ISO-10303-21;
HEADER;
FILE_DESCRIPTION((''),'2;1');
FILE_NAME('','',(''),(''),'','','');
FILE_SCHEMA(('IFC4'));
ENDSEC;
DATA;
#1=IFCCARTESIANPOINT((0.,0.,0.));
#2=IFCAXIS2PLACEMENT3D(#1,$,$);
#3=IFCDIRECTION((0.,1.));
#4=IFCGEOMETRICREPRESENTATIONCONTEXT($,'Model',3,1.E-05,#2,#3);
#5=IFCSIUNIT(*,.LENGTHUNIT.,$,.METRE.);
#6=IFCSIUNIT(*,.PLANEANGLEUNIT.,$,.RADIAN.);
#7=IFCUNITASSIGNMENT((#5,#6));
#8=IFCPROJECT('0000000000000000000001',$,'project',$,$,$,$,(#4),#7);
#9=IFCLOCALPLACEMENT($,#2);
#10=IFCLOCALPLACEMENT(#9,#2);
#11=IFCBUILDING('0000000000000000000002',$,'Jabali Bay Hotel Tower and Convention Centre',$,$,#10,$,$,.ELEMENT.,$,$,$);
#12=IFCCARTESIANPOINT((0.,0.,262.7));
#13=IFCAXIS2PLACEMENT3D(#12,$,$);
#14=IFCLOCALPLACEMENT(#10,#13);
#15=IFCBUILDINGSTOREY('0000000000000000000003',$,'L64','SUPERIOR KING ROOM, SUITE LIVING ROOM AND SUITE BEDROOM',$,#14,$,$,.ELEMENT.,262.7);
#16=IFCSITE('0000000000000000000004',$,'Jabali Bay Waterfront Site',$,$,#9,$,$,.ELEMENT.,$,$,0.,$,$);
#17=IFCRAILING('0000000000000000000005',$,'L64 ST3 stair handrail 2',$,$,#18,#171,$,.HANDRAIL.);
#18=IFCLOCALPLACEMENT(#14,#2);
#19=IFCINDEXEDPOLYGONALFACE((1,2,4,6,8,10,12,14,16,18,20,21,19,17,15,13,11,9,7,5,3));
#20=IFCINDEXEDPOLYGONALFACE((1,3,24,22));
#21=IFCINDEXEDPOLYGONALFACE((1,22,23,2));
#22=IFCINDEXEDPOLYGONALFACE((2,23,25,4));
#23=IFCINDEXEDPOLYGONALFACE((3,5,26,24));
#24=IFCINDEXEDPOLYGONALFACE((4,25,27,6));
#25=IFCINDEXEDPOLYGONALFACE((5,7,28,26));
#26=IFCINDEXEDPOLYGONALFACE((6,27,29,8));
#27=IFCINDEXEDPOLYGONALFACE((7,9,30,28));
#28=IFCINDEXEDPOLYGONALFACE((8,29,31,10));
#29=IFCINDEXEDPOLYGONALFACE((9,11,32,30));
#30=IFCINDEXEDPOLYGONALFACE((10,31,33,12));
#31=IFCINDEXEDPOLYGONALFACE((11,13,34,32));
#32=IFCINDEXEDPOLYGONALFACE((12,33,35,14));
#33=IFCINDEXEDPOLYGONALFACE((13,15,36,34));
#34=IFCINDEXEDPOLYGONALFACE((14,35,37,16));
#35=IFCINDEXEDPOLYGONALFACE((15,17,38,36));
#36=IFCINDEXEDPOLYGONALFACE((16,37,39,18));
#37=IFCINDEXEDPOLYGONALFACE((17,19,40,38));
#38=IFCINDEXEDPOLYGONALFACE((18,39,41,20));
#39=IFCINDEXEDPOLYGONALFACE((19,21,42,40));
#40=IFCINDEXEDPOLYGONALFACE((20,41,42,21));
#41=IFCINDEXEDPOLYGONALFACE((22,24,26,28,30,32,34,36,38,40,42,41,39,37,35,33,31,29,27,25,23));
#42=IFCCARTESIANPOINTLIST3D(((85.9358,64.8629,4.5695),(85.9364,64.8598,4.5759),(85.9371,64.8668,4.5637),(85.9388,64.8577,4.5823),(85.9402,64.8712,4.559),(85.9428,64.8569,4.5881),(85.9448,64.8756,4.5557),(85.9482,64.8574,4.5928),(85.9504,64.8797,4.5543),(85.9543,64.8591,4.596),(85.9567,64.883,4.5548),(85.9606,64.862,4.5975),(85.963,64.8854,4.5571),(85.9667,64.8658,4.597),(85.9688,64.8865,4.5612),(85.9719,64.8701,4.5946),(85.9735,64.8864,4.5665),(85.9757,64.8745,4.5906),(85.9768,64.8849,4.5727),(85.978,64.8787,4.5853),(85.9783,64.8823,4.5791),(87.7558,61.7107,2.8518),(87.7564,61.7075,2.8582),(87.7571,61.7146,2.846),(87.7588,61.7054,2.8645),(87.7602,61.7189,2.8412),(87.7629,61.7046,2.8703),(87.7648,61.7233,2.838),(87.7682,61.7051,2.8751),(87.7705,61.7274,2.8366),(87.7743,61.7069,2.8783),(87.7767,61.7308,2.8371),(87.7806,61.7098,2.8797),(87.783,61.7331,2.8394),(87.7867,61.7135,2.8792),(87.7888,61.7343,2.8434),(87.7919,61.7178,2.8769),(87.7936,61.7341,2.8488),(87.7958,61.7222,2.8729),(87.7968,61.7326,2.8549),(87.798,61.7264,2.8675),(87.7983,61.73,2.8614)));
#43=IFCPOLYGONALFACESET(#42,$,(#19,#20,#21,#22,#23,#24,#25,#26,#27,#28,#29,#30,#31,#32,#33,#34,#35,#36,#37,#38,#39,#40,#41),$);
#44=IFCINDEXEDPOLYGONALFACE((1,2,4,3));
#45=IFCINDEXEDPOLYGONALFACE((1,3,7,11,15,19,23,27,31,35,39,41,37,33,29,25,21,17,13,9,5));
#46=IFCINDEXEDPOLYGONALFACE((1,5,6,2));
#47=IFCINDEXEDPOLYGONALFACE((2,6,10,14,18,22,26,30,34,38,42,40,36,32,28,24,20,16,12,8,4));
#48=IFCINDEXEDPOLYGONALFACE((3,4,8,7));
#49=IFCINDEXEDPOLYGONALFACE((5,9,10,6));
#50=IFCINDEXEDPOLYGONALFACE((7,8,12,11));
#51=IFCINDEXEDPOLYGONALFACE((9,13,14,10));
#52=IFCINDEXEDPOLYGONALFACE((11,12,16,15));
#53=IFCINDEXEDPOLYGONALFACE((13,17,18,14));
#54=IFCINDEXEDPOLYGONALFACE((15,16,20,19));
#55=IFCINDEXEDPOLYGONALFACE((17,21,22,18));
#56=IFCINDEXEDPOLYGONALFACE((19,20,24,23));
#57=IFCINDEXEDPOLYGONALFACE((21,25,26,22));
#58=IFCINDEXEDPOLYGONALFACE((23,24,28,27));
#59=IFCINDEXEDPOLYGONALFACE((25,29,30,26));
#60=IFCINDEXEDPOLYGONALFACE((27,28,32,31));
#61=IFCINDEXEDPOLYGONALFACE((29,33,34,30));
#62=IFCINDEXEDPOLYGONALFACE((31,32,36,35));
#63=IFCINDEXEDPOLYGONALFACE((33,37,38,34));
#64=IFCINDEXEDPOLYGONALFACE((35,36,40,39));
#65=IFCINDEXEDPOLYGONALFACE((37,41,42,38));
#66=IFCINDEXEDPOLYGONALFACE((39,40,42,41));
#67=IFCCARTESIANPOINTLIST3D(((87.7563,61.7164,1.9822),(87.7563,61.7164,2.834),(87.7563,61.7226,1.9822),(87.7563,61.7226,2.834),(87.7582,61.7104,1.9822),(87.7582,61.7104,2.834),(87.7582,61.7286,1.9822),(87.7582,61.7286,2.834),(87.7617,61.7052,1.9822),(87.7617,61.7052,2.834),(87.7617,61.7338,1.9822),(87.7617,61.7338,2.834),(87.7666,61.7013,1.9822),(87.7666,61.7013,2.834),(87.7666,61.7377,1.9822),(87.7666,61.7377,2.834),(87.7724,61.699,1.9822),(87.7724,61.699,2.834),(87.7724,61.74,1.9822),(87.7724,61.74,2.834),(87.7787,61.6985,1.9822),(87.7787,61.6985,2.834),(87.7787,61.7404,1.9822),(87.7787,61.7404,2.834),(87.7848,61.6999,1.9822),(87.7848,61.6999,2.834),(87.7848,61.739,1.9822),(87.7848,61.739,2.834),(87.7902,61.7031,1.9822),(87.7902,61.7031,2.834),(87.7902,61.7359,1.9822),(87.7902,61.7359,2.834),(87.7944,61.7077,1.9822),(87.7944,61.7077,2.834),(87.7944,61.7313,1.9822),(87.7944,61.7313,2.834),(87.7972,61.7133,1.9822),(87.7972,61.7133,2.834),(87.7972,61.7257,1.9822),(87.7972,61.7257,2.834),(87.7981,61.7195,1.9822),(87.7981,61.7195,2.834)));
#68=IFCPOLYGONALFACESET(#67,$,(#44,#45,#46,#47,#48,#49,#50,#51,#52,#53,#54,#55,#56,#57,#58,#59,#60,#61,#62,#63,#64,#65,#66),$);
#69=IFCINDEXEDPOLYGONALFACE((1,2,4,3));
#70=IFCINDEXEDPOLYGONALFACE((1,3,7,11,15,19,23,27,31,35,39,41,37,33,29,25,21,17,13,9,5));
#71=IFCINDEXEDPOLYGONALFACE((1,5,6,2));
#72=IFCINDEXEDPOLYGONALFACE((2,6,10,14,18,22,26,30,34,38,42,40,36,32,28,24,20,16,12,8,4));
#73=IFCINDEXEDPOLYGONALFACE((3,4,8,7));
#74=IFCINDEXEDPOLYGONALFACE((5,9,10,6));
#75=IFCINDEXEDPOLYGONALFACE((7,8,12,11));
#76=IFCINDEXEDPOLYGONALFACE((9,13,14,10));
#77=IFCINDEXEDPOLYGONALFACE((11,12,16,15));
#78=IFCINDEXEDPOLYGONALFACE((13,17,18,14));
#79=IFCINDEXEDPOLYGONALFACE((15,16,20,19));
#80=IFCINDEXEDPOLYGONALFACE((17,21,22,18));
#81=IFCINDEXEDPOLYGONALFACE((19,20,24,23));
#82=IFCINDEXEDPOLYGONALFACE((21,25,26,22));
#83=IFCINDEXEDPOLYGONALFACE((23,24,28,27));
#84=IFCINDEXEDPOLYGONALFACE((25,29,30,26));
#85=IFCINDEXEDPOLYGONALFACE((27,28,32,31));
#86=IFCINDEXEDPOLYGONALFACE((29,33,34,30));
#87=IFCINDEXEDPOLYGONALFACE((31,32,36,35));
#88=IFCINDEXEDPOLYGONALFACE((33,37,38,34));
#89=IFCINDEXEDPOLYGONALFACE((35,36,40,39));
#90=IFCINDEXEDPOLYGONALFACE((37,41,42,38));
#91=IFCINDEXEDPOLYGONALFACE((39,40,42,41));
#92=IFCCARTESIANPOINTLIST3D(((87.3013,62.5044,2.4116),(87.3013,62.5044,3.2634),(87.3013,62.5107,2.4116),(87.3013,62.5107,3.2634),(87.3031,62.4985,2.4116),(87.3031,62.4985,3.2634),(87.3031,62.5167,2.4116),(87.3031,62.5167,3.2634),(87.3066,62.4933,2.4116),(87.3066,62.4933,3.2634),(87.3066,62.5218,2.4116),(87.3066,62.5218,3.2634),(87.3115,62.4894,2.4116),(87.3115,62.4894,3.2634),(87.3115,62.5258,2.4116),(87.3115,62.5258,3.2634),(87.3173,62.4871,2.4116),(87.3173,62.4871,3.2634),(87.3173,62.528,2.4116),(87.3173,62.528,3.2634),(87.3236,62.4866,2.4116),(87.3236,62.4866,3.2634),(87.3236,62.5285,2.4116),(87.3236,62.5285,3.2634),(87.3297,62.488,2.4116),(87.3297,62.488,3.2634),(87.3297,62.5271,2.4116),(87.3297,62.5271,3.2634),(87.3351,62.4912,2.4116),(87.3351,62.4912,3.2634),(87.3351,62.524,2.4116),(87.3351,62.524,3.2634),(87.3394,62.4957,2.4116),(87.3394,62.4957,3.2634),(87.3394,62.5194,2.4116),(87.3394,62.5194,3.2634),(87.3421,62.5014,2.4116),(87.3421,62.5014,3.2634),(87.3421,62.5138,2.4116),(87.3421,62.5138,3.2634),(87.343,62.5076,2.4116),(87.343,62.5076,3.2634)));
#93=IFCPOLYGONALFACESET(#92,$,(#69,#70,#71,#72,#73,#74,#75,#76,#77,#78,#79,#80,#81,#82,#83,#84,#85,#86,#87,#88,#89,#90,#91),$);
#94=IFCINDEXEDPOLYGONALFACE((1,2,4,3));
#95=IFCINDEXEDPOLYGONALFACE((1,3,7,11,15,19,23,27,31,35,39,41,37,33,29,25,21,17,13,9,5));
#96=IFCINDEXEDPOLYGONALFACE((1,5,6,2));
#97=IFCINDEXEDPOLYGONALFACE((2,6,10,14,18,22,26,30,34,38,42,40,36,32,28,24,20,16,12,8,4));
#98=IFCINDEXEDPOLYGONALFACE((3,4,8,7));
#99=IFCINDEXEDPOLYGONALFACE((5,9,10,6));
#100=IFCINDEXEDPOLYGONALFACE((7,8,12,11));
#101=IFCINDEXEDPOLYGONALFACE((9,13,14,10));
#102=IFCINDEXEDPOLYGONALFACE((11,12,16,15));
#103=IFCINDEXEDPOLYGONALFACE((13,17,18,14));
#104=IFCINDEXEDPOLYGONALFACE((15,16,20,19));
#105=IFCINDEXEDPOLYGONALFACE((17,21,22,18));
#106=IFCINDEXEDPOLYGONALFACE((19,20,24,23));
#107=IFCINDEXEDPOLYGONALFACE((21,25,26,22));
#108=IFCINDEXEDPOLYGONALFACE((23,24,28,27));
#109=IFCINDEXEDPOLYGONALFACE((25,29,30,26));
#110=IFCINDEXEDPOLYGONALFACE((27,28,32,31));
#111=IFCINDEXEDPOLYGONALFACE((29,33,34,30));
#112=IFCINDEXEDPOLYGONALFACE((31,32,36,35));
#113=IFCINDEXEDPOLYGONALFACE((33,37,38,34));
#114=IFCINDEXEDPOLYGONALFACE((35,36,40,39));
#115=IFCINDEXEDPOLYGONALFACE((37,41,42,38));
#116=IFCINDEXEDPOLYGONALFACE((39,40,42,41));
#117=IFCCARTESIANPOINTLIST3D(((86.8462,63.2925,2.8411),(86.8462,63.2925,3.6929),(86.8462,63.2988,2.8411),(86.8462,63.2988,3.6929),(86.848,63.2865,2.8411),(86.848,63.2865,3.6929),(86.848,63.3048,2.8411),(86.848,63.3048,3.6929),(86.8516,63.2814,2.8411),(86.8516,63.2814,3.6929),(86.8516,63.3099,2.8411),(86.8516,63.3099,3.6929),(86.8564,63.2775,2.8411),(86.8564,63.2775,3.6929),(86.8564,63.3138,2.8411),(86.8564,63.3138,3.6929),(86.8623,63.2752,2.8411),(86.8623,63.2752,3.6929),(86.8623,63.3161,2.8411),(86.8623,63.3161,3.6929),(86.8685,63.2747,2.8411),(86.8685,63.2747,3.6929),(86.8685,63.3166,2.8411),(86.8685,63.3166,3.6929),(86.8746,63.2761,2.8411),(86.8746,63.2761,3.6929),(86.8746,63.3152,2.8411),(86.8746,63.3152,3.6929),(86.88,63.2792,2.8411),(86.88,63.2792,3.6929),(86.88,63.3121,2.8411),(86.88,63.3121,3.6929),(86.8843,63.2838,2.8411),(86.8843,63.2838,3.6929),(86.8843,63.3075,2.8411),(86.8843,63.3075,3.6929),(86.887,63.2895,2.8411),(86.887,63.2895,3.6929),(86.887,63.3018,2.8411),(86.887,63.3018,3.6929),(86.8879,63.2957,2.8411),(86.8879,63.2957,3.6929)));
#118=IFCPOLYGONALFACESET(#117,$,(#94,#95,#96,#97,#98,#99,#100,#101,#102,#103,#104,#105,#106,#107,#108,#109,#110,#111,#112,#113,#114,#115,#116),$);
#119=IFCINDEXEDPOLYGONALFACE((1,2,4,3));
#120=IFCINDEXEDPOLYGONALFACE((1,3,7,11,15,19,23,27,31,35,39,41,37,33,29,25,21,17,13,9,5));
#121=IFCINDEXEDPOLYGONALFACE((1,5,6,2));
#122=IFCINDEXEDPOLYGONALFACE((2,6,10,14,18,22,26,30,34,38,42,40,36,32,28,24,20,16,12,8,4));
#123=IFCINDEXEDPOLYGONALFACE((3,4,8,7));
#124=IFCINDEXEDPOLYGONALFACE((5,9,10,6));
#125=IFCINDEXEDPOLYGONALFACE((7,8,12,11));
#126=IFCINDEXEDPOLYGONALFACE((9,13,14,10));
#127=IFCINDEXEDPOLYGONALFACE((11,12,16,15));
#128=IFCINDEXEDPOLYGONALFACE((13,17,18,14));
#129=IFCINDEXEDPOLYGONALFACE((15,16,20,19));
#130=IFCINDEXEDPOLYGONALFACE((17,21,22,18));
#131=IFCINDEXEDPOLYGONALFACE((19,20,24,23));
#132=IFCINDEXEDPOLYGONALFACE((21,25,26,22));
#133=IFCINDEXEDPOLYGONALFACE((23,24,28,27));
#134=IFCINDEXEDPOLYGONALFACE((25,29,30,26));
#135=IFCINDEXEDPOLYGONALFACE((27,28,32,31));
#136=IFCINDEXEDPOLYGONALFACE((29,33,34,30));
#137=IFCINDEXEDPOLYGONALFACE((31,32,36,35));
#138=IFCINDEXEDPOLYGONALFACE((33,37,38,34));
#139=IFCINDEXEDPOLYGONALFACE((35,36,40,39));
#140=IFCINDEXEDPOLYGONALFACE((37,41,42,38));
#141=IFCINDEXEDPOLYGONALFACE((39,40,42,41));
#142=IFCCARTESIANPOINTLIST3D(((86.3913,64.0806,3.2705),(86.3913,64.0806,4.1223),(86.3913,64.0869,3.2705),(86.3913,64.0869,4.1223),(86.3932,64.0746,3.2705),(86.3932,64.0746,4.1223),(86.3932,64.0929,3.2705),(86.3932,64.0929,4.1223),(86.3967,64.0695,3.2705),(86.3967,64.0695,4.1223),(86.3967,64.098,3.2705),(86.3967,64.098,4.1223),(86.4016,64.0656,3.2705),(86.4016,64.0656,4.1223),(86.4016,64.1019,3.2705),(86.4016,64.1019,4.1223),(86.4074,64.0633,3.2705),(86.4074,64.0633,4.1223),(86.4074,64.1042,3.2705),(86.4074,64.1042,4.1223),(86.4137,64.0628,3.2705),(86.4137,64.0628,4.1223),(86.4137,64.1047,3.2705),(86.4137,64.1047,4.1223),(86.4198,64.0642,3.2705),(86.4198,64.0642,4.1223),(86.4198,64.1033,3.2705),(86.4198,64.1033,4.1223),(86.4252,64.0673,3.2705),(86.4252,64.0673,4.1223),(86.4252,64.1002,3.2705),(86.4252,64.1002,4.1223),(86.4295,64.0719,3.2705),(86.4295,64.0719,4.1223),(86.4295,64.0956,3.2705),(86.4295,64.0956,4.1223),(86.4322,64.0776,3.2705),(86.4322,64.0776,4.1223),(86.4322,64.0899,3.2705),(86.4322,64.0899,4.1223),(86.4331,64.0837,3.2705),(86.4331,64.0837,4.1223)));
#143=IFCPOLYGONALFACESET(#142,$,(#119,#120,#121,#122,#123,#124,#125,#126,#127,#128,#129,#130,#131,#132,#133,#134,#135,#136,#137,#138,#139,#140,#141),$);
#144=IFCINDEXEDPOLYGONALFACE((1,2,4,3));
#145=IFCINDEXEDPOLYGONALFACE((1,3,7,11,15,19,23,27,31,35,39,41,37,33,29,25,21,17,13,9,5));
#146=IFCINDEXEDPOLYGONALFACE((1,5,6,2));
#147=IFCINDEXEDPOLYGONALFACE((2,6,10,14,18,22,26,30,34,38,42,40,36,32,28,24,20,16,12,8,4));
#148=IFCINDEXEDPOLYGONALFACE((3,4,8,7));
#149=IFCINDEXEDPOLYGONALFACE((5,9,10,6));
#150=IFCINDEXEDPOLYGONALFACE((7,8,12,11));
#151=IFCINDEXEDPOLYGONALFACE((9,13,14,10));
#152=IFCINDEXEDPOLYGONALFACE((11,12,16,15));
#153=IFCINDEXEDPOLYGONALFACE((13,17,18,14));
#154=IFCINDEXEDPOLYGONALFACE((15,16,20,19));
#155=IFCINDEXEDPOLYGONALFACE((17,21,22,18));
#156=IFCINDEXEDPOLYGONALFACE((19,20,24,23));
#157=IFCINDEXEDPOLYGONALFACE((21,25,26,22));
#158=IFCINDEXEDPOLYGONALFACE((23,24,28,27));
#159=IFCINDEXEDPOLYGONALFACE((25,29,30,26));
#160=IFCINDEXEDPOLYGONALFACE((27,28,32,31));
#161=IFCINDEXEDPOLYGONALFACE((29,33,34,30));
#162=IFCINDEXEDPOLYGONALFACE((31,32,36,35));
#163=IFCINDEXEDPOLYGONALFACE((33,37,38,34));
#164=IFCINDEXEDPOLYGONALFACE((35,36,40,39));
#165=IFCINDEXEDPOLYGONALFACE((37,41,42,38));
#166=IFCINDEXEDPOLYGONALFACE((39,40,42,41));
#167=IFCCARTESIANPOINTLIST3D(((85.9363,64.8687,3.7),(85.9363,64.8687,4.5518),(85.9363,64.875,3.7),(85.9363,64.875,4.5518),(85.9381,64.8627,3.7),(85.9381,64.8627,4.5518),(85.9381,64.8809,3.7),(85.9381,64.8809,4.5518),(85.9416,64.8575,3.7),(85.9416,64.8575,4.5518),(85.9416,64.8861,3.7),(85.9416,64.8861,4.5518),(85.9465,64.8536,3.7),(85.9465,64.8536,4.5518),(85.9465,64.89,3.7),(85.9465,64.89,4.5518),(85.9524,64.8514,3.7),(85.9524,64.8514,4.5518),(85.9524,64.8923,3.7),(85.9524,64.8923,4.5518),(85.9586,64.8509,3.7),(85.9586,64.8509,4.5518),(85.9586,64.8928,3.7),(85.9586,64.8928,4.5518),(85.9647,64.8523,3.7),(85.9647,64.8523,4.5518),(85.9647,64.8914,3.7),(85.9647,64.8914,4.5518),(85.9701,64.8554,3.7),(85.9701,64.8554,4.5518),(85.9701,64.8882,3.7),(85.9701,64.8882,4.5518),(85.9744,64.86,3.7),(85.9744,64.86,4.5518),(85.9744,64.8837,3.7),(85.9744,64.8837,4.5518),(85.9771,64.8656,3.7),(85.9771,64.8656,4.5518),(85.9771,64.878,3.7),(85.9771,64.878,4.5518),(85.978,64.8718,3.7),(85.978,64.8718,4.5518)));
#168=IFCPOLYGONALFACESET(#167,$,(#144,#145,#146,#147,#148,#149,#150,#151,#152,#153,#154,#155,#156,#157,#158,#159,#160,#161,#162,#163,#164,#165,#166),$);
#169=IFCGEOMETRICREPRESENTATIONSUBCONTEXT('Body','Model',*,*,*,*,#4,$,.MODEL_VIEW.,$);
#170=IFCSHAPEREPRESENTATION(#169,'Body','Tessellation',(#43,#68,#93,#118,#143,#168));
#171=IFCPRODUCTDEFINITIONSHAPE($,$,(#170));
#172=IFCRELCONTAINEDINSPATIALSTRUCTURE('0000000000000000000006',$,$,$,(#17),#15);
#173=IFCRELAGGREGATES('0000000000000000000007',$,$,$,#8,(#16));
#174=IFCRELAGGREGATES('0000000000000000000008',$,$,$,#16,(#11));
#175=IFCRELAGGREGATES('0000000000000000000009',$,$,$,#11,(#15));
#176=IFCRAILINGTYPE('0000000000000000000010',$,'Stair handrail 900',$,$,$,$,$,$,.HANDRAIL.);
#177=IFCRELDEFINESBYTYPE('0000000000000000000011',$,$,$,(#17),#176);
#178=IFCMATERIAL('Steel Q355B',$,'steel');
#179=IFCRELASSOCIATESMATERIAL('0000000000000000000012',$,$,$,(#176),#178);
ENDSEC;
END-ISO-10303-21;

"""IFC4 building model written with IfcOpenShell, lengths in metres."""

from ifc_helpers import new_model, si_unit, direction, frame, origin, origin_2d, place, context, subcontext, project, spatial, circle, extrude, material, type_object, element, save


model = new_model("IFC4")

# Units and contexts
model_context = context("Model", 3, precision=1e-05, world=origin(), true_north=direction((0.0, 1.0)))
body_context = subcontext(model_context, "Body", "Model", "MODEL_VIEW")
ifc_project = project(units=[si_unit("LENGTHUNIT", "METRE"), si_unit("PLANEANGLEUNIT", "RADIAN")], contexts=[model_context])

# Site, building, storey
site_placement = place(None, origin())
site = spatial("IfcSite", under=ifc_project, at=site_placement, Name="Jabali Bay Waterfront Site", CompositionType="ELEMENT", RefElevation=0.0)
building_placement = place(site_placement, origin())
building = spatial("IfcBuilding", under=site, at=building_placement, Name="Jabali Bay Hotel Tower and Convention Centre", CompositionType="ELEMENT")
storey_placement = place(building_placement, frame((0.0, 0.0, 262.7)))
storey = spatial("IfcBuildingStorey", under=building, at=storey_placement, Name="L64", Description="SUPERIOR KING ROOM, SUITE LIVING ROOM AND SUITE BEDROOM", CompositionType="ELEMENT", Elevation=262.7)

# Railing
ifc_material_1 = material(Name="Steel Q355B", Category="steel")
railing_type_1 = type_object("IfcRailingType", Name="Stair handrail 900", PredefinedType="HANDRAIL", material=ifc_material_1)
railing_1_placement = place(storey_placement, frame((87.7771, 61.7195, 1.9822)))
element("IfcRailing", 1, at=railing_1_placement, inside=storey, type_object=railing_type_1, Name="L64 ST3 stair handrail 2", PredefinedType="HANDRAIL", context=body_context, shape_type="SweptSolid", body=[
    extrude(circle(Radius=0.0239, at=origin_2d()), frame((0.0, 0.0, 0.876), z_axis=(-0.45219, 0.78319, 0.426775), x_axis=(-0.866018, -0.500013, 0.0)), (0.0, 0.0, 1.0), 4.0249),
    extrude(circle(Radius=0.021, at=origin_2d()), origin(), (0.0, 0.0, 1.0), 0.8518),
    extrude(circle(Radius=0.021, at=origin_2d()), frame((-0.4551, 0.7881, 0.4294)), (0.0, 0.0, 1.0), 0.8518),
    extrude(circle(Radius=0.021, at=origin_2d()), frame((-0.9102, 1.5762, 0.8589)), (0.0, 0.0, 1.0), 0.8518),
    extrude(circle(Radius=0.021, at=origin_2d()), frame((-1.365, 2.3643, 1.2883)), (0.0, 0.0, 1.0), 0.8518),
    extrude(circle(Radius=0.021, at=origin_2d()), frame((-1.8201, 3.1523, 1.7178)), (0.0, 0.0, 1.0), 0.8518),
])

save(model, "model.ifc")
